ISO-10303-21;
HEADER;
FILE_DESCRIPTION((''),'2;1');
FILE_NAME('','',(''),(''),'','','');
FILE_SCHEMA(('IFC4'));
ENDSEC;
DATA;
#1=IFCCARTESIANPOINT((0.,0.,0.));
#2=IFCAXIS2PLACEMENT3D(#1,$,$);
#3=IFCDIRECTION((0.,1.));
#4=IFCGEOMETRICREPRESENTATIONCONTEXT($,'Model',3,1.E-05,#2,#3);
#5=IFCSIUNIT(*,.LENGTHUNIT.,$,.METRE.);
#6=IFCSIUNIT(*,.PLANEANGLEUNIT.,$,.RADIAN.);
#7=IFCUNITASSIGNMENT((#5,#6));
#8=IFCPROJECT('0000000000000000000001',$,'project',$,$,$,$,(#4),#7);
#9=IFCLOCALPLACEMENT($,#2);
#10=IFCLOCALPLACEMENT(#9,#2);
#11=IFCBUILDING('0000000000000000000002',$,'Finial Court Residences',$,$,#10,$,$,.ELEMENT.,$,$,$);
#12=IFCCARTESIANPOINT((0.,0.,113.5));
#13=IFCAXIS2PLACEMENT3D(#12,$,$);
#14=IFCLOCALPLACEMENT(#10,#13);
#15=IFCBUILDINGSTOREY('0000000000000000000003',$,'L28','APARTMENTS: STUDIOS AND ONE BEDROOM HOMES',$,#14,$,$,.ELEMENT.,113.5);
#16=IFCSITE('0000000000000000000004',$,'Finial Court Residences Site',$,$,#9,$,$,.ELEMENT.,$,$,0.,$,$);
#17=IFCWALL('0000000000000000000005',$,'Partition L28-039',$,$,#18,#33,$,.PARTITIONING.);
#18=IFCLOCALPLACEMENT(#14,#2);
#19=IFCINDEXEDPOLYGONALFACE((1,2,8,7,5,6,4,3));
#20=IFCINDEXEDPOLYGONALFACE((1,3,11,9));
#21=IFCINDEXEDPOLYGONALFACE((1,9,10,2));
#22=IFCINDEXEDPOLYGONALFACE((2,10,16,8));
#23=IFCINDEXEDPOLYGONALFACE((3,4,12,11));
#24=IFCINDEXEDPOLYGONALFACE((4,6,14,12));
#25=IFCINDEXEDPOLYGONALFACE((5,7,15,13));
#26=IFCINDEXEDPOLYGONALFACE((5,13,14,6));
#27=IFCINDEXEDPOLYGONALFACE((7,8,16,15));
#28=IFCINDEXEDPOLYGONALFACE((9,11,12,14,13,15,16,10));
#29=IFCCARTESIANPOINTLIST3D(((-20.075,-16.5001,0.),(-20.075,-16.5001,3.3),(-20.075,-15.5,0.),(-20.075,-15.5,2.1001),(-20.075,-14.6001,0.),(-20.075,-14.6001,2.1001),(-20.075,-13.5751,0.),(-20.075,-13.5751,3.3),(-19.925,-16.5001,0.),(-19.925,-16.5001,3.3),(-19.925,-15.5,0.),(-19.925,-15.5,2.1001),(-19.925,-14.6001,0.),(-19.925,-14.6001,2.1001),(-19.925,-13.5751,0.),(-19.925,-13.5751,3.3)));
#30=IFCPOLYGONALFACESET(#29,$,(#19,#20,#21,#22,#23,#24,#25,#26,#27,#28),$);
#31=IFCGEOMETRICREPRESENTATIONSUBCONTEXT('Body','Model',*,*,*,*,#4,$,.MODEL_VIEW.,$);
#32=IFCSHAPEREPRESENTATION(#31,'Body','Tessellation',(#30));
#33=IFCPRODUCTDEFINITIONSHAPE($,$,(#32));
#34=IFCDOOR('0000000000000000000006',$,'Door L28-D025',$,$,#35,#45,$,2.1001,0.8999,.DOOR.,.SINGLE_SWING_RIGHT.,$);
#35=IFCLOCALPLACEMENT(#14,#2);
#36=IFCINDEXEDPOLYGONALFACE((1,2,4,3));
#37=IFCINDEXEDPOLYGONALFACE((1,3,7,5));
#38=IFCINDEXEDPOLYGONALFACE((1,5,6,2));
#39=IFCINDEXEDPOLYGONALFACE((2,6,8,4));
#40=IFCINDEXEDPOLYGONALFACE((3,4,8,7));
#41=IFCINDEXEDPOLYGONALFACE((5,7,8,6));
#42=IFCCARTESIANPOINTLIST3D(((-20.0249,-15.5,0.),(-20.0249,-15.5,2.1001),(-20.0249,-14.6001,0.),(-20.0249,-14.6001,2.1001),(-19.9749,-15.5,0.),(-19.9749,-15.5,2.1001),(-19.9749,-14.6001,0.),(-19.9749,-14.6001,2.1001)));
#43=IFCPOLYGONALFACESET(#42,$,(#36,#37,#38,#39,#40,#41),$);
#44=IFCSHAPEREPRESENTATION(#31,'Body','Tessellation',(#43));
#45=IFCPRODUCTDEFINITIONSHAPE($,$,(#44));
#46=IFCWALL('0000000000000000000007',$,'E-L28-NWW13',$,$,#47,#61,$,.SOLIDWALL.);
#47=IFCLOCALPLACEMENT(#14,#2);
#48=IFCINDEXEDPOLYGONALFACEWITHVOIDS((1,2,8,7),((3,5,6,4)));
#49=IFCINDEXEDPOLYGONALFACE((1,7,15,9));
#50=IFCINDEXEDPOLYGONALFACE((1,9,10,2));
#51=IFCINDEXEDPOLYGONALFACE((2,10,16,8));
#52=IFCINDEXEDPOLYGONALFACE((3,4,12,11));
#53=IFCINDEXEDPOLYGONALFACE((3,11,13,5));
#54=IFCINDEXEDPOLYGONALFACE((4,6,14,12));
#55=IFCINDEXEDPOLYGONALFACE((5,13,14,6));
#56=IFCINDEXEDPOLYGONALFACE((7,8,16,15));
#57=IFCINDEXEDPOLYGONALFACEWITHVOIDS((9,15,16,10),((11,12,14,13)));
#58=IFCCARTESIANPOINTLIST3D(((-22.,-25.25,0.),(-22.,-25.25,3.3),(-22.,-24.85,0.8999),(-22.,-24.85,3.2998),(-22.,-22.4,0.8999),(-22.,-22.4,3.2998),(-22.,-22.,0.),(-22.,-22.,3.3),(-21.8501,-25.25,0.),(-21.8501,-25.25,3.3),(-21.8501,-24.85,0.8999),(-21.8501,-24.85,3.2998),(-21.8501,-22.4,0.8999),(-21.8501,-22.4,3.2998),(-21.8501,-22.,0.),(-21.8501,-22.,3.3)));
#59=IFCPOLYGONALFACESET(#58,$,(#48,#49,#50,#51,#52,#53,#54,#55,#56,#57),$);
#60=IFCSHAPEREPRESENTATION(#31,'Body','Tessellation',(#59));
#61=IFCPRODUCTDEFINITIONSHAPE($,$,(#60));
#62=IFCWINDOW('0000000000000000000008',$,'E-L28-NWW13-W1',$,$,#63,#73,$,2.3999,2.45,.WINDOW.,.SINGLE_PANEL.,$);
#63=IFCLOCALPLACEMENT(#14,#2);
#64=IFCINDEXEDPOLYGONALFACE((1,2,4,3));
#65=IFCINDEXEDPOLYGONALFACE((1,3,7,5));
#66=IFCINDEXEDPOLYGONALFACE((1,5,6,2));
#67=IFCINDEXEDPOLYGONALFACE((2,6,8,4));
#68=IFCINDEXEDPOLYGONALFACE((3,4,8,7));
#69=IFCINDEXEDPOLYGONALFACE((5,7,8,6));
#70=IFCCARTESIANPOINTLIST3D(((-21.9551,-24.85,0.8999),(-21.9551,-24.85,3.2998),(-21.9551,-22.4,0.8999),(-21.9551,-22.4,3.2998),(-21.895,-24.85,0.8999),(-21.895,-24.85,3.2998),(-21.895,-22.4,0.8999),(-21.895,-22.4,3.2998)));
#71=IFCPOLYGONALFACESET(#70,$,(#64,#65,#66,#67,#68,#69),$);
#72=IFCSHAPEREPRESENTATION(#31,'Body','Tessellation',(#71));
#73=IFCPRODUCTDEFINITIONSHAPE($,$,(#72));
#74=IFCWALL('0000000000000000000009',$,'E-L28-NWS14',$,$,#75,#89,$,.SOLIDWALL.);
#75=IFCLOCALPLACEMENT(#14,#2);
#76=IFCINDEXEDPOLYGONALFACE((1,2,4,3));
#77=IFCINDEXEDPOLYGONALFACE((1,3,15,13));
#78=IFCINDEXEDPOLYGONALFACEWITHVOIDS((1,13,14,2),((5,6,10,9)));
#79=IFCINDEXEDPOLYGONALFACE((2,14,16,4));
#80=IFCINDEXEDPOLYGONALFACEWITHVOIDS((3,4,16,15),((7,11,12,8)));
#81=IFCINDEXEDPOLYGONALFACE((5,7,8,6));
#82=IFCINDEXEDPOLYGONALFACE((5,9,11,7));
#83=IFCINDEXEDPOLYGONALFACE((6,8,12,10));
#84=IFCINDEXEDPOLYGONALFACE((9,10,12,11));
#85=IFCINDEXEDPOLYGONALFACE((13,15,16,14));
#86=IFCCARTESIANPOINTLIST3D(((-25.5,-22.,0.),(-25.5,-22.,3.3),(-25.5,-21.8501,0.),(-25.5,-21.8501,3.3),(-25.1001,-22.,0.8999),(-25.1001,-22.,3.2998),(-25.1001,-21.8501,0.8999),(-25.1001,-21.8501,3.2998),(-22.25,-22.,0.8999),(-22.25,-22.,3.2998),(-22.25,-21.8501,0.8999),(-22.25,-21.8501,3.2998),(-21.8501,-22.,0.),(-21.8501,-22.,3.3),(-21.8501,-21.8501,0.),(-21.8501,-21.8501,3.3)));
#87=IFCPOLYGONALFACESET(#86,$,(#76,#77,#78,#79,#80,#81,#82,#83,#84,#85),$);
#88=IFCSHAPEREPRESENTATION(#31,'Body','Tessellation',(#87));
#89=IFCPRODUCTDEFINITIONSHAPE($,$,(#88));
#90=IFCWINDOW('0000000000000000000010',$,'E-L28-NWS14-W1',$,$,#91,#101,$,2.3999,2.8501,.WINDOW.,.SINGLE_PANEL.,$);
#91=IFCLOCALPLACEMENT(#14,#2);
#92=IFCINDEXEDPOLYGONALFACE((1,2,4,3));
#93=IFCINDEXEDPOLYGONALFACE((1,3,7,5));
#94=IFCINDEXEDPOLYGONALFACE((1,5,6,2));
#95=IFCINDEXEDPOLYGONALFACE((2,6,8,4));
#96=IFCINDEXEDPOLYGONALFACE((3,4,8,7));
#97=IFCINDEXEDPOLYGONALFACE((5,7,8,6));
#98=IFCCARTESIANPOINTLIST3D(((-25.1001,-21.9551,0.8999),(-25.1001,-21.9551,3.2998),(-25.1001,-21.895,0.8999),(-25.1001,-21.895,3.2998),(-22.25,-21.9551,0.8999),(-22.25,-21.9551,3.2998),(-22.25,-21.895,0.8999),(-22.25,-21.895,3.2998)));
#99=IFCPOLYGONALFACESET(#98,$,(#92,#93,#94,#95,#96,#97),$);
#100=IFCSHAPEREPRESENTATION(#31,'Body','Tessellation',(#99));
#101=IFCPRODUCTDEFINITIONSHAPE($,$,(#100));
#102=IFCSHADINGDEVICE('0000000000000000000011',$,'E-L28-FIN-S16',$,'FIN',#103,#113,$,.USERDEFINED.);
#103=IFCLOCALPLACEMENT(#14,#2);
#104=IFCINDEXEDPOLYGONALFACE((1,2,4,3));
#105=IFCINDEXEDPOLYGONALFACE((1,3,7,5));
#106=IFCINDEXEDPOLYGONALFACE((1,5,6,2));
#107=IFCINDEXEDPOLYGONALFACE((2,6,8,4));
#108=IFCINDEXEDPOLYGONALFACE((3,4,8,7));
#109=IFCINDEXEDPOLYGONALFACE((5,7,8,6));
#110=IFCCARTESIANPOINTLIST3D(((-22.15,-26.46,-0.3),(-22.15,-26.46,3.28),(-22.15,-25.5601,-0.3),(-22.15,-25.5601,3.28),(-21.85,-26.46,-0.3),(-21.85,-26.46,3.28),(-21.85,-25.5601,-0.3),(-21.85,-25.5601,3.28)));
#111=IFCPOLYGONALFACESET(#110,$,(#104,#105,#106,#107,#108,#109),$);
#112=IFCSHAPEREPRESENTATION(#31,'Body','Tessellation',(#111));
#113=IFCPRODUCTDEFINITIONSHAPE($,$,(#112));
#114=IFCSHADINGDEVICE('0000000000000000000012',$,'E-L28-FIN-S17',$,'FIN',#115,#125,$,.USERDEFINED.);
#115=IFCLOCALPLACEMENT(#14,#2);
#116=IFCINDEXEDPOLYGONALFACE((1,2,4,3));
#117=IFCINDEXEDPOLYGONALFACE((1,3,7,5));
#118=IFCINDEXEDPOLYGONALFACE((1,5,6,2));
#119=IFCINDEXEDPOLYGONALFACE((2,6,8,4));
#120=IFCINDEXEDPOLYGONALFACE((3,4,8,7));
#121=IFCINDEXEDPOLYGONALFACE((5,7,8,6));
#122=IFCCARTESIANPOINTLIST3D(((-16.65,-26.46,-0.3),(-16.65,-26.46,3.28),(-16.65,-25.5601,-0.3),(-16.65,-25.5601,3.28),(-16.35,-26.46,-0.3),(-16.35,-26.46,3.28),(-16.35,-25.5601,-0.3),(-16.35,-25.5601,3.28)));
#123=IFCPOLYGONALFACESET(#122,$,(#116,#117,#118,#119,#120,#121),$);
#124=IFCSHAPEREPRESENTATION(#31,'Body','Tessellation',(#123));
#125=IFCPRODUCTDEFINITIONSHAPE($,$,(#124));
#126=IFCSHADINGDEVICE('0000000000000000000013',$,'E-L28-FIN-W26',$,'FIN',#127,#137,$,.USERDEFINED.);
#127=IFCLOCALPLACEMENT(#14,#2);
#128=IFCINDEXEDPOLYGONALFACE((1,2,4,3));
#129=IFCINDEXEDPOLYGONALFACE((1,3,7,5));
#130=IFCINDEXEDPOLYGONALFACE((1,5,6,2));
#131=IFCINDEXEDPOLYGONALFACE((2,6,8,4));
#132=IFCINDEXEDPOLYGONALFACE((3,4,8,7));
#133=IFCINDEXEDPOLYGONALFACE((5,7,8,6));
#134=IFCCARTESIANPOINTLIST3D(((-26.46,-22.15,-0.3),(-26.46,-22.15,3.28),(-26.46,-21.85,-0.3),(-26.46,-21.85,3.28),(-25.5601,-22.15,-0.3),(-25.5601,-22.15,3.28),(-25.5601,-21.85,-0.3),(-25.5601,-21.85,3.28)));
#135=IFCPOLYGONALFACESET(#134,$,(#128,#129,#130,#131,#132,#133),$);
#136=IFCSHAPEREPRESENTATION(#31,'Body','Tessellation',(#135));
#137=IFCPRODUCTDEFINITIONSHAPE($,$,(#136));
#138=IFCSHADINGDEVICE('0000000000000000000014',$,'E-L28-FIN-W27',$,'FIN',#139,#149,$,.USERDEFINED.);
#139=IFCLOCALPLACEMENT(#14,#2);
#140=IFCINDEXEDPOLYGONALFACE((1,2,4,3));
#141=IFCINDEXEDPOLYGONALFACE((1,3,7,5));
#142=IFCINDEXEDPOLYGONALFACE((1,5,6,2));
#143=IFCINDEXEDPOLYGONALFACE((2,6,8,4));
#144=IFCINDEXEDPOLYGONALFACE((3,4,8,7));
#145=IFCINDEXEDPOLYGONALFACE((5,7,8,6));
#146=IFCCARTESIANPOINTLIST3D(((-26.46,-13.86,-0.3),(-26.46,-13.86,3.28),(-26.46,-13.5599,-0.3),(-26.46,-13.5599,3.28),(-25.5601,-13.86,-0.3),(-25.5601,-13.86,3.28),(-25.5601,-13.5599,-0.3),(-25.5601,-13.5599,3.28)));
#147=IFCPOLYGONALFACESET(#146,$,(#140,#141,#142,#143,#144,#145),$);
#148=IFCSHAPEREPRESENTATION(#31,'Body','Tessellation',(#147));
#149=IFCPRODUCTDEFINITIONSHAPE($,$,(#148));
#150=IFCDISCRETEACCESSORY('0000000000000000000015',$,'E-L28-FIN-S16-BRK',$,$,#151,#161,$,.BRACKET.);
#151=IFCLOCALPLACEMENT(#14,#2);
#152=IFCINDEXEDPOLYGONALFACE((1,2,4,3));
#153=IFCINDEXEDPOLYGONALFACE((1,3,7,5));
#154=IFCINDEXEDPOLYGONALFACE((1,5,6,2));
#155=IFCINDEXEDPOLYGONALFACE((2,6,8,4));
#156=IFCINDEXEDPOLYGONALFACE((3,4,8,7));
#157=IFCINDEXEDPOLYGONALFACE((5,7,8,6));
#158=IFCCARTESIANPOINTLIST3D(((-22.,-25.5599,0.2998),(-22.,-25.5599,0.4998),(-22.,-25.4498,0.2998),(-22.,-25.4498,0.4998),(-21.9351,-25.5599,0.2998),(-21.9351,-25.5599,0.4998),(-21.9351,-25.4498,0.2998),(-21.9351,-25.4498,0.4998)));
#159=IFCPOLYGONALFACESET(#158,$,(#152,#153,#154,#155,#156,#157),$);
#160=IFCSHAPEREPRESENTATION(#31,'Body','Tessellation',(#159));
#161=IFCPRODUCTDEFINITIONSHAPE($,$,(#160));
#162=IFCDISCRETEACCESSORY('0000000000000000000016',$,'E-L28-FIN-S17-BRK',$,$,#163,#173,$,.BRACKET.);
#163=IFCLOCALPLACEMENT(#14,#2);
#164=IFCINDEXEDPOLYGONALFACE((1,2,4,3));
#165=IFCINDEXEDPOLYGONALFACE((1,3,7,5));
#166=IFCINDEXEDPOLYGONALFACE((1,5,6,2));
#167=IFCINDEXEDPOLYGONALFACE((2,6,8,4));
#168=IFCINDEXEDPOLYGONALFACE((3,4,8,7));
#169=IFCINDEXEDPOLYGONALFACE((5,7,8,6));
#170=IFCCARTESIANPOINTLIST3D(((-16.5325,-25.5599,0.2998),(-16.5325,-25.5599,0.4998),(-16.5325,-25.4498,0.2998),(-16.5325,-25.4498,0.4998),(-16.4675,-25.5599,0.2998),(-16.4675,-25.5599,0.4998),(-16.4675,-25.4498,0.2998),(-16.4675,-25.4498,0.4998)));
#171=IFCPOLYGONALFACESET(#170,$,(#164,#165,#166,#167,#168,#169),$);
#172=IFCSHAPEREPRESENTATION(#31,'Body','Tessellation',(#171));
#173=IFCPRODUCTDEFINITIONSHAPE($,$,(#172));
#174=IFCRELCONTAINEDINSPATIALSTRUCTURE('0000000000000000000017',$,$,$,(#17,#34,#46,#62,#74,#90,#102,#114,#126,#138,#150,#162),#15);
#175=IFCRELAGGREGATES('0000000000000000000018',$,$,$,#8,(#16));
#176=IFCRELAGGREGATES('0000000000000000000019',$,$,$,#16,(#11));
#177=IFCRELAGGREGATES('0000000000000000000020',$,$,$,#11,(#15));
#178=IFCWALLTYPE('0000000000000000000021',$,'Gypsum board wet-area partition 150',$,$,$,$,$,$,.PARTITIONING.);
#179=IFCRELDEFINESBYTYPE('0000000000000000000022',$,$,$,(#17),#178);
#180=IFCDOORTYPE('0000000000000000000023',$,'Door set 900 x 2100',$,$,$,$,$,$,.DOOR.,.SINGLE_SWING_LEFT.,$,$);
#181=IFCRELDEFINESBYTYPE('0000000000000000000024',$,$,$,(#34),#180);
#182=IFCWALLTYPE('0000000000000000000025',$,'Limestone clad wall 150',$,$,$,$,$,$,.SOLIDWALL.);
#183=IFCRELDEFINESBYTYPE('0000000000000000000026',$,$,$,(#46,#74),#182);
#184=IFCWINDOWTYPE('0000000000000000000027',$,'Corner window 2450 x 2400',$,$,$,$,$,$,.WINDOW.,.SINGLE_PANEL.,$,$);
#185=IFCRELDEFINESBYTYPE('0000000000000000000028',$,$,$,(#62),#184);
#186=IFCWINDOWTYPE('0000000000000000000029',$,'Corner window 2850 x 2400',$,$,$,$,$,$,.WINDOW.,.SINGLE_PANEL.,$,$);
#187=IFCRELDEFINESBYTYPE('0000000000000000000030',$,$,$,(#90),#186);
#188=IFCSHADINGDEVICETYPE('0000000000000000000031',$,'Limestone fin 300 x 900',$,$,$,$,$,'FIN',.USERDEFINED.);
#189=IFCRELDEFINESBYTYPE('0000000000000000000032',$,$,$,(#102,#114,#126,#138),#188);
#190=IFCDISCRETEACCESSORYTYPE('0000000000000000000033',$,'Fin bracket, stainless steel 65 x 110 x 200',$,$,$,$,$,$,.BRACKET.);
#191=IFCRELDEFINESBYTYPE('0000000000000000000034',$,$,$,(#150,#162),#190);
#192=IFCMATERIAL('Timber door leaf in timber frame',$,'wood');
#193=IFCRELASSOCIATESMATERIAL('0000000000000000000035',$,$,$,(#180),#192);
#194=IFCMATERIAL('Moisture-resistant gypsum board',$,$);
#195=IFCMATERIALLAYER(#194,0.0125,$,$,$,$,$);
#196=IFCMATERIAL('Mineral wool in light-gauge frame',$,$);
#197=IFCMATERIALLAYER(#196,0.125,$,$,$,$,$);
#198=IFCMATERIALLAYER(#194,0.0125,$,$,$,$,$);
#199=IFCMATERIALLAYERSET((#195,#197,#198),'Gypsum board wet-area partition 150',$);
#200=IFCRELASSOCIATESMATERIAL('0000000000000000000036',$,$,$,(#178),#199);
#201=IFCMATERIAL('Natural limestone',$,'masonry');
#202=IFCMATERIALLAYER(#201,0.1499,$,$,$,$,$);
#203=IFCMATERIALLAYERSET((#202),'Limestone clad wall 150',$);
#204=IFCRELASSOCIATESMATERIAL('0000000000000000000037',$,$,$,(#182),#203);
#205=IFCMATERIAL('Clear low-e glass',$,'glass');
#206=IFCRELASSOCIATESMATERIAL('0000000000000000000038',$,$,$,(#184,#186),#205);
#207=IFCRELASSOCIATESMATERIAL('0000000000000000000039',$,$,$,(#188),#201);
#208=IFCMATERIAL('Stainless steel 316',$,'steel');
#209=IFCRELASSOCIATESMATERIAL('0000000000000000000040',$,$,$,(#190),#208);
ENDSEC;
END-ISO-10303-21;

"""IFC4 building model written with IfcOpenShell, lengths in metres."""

from ifc_helpers import new_model, si_unit, direction, frame, frame_2d, origin, origin_2d, place, context, subcontext, project, spatial, rectangle, extrude, material, layer, layer_set, type_object, element, fill, save


model = new_model("IFC4")

# Units and contexts
model_context = context("Model", 3, precision=1e-05, world=origin(), true_north=direction((0.0, 1.0)))
body_context = subcontext(model_context, "Body", "Model", "MODEL_VIEW")
ifc_project = project(units=[si_unit("LENGTHUNIT", "METRE"), si_unit("PLANEANGLEUNIT", "RADIAN")], contexts=[model_context])

# Site, building, storey
site_placement = place(None, origin())
site = spatial("IfcSite", under=ifc_project, at=site_placement, Name="Finial Court Residences Site", CompositionType="ELEMENT", RefElevation=0.0)
building_placement = place(site_placement, origin())
building = spatial("IfcBuilding", under=site, at=building_placement, Name="Finial Court Residences", CompositionType="ELEMENT")
storey_placement = place(building_placement, frame((0.0, 0.0, 113.5)))
storey = spatial("IfcBuildingStorey", under=building, at=storey_placement, Name="L28", Description="APARTMENTS: STUDIOS AND ONE BEDROOM HOMES", CompositionType="ELEMENT", Elevation=113.5)

# Shared definitions
ifc_material_1 = material(Name="Clear low-e glass", Category="glass")

# Shared definitions
ifc_material_2 = material(Name="Mineral wool in light-gauge frame")
ifc_material_3 = material(Name="Timber door leaf in timber frame", Category="wood")
door_type = type_object("IfcDoorType", Name="Door set 900 x 2100", OperationType="SINGLE_SWING_LEFT", PredefinedType="DOOR", material=ifc_material_3)

# Shared definitions
ifc_material_4 = material(Name="Moisture-resistant gypsum board")
ifc_layer_1 = layer(ifc_material_4, 0.0125)
ifc_layer_2 = layer(ifc_material_2, 0.125)
ifc_layer_3 = layer(ifc_material_4, 0.0125)
ifc_layer_set_1 = layer_set([ifc_layer_1, ifc_layer_2, ifc_layer_3], Name="Gypsum board wet-area partition 150")
wall_type_1 = type_object("IfcWallType", Name="Gypsum board wet-area partition 150", PredefinedType="PARTITIONING", material=ifc_layer_set_1)

# Wall, opening, door
wall_1_placement = place(storey_placement, frame((-20.0, -16.5, 0.0), z_axis=(0.0, 0.0, 1.0), x_axis=(0.0, 1.0, 0.0)))
wall_1 = element("IfcWall", 1, at=wall_1_placement, inside=storey, type_object=wall_type_1, Name="Partition L28-039", PredefinedType="PARTITIONING", context=body_context, shape_type="SweptSolid", body=[
    extrude(rectangle(XDim=2.925, YDim=0.1499, at=frame_2d((1.4624, 0.0))), origin(), (0.0, 0.0, 1.0), 3.3),
])
opening_1_placement = place(wall_1_placement, frame((1.0, 0.0, 0.0)))
opening_1 = element("IfcOpeningElement", 2, at=opening_1_placement, cuts=wall_1, PredefinedType="OPENING", context=body_context, shape_type="SweptSolid", body=[
    extrude(rectangle(XDim=0.8999, YDim=2.1001, at=frame_2d((0.45, 1.05))), frame((0.0, 0.085, 0.0), z_axis=(0.0, -1.0, 0.0), x_axis=(1.0, 0.0, 0.0)), (0.0, 0.0, 1.0), 0.1699),
])
door_1_placement = place(opening_1_placement, origin())
door_1 = element("IfcDoor", 3, at=door_1_placement, inside=storey, type_object=door_type, Name="Door L28-D025", OperationType="SINGLE_SWING_RIGHT", OverallHeight=2.1001, OverallWidth=0.8999, PredefinedType="DOOR", context=body_context, shape_type="SweptSolid", body=[
    extrude(rectangle(XDim=0.8999, YDim=2.1001, at=frame_2d((0.45, 1.05))), frame((0.0, 0.0249, 0.0), z_axis=(0.0, -1.0, 0.0), x_axis=(1.0, 0.0, 0.0)), (0.0, 0.0, 1.0), 0.05),
])
fill(opening_1, door_1)

# Walls, openings, windows
ifc_material_5 = material(Name="Natural limestone", Category="masonry")
ifc_layer_4 = layer(ifc_material_5, 0.1499)
ifc_layer_set_2 = layer_set([ifc_layer_4], Name="Limestone clad wall 150")
wall_type_2 = type_object("IfcWallType", Name="Limestone clad wall 150", PredefinedType="SOLIDWALL", material=ifc_layer_set_2)
wall_2_placement = place(storey_placement, frame((-21.925, -25.25, 0.0), z_axis=(0.0, 0.0, 1.0), x_axis=(0.0, 1.0, 0.0)))
wall_2 = element("IfcWall", 4, at=wall_2_placement, inside=storey, type_object=wall_type_2, Name="E-L28-NWW13", PredefinedType="SOLIDWALL", context=body_context, shape_type="SweptSolid", body=[
    extrude(rectangle(XDim=3.25, YDim=0.1499, at=frame_2d((1.625, 0.0))), origin(), (0.0, 0.0, 1.0), 3.3),
])
opening_2_placement = place(wall_2_placement, frame((0.3999, 0.0, 0.8999)))
opening_2 = element("IfcOpeningElement", 5, at=opening_2_placement, cuts=wall_2, PredefinedType="OPENING", context=body_context, shape_type="SweptSolid", body=[
    extrude(rectangle(XDim=2.45, YDim=2.3999, at=frame_2d((1.2251, 1.2))), frame((0.0, 0.085, 0.0), z_axis=(0.0, -1.0, 0.0), x_axis=(1.0, 0.0, 0.0)), (0.0, 0.0, 1.0), 0.1699),
])
window_type_1 = type_object("IfcWindowType", Name="Corner window 2450 x 2400", PartitioningType="SINGLE_PANEL", PredefinedType="WINDOW", material=ifc_material_1)
window_1_placement = place(opening_2_placement, origin())
window_1 = element("IfcWindow", 6, at=window_1_placement, inside=storey, type_object=window_type_1, Name="E-L28-NWW13-W1", OverallHeight=2.3999, OverallWidth=2.45, PartitioningType="SINGLE_PANEL", PredefinedType="WINDOW", context=body_context, shape_type="SweptSolid", body=[
    extrude(rectangle(XDim=2.45, YDim=2.3999, at=frame_2d((1.2251, 1.2))), frame((0.0, 0.03, 0.0), z_axis=(0.0, -1.0, 0.0), x_axis=(1.0, 0.0, 0.0)), (0.0, 0.0, 1.0), 0.0601),
])
fill(opening_2, window_1)
wall_3_placement = place(storey_placement, frame((-21.8501, -21.925, 0.0), z_axis=(0.0, 0.0, 1.0), x_axis=(-1.0, 0.0, 0.0)))
wall_3 = element("IfcWall", 7, at=wall_3_placement, inside=storey, type_object=wall_type_2, Name="E-L28-NWS14", PredefinedType="SOLIDWALL", context=body_context, shape_type="SweptSolid", body=[
    extrude(rectangle(XDim=3.6499, YDim=0.1499, at=frame_2d((1.825, 0.0))), origin(), (0.0, 0.0, 1.0), 3.3),
])
opening_3_placement = place(wall_3_placement, frame((0.3999, 0.0, 0.8999)))
opening_3 = element("IfcOpeningElement", 8, at=opening_3_placement, cuts=wall_3, PredefinedType="OPENING", context=body_context, shape_type="SweptSolid", body=[
    extrude(rectangle(XDim=2.8501, YDim=2.3999, at=frame_2d((1.425, 1.2))), frame((0.0, 0.085, 0.0), z_axis=(0.0, -1.0, 0.0), x_axis=(1.0, 0.0, 0.0)), (0.0, 0.0, 1.0), 0.1699),
])
window_type_2 = type_object("IfcWindowType", Name="Corner window 2850 x 2400", PartitioningType="SINGLE_PANEL", PredefinedType="WINDOW", material=ifc_material_1)
window_2_placement = place(opening_3_placement, origin())
window_2 = element("IfcWindow", 9, at=window_2_placement, inside=storey, type_object=window_type_2, Name="E-L28-NWS14-W1", OverallHeight=2.3999, OverallWidth=2.8501, PartitioningType="SINGLE_PANEL", PredefinedType="WINDOW", context=body_context, shape_type="SweptSolid", body=[
    extrude(rectangle(XDim=2.8501, YDim=2.3999, at=frame_2d((1.425, 1.2))), frame((0.0, 0.03, 0.0), z_axis=(0.0, -1.0, 0.0), x_axis=(1.0, 0.0, 0.0)), (0.0, 0.0, 1.0), 0.0601),
])
fill(opening_3, window_2)

# Shading devices
shading_device_type = type_object("IfcShadingDeviceType", Name="Limestone fin 300 x 900", ElementType="FIN", PredefinedType="USERDEFINED", material=ifc_material_5)
for number, where, z_axis, x_axis, name in (
    (10, (-22.0, -26.01, -0.3), (0.0, 0.0, 1.0), (1.0, 0.0, 0.0), "E-L28-FIN-S16"),
    (11, (-16.5, -26.01, -0.3), (0.0, 0.0, 1.0), (1.0, 0.0, 0.0), "E-L28-FIN-S17"),
):
    element("IfcShadingDevice", number, at=place(storey_placement, frame(where, z_axis=z_axis, x_axis=x_axis)), inside=storey, type_object=shading_device_type, Name=name, ObjectType="FIN", PredefinedType="USERDEFINED", context=body_context, shape_type="SweptSolid", body=[
        extrude(rectangle(XDim=0.3, YDim=0.8999, at=origin_2d()), origin(), (0.0, 0.0, 1.0), 3.5801),
    ])
for number, where, z_axis, x_axis, name in (
    (12, (-26.01, -22.0, -0.3), (0.0, 0.0, 1.0), (1.0, 0.0, 0.0), "E-L28-FIN-W26"),
    (13, (-26.01, -13.71, -0.3), (0.0, 0.0, 1.0), (1.0, 0.0, 0.0), "E-L28-FIN-W27"),
):
    element("IfcShadingDevice", number, at=place(storey_placement, frame(where, z_axis=z_axis, x_axis=x_axis)), inside=storey, type_object=shading_device_type, Name=name, ObjectType="FIN", PredefinedType="USERDEFINED", context=body_context, shape_type="SweptSolid", body=[
        extrude(rectangle(XDim=0.8999, YDim=0.3, at=origin_2d()), origin(), (0.0, 0.0, 1.0), 3.5801),
    ])

# Discrete accessories
ifc_material_6 = material(Name="Stainless steel 316", Category="steel")
discrete_accessory_type = type_object("IfcDiscreteAccessoryType", Name="Fin bracket, stainless steel 65 x 110 x 200", PredefinedType="BRACKET", material=ifc_material_6)
for number, where, z_axis, x_axis, name in (
    (14, (-21.9675, -25.5049, 0.2998), (0.0, 0.0, 1.0), (1.0, 0.0, 0.0), "E-L28-FIN-S16-BRK"),
    (15, (-16.5, -25.5049, 0.2998), (0.0, 0.0, 1.0), (1.0, 0.0, 0.0), "E-L28-FIN-S17-BRK"),
):
    element("IfcDiscreteAccessory", number, at=place(storey_placement, frame(where, z_axis=z_axis, x_axis=x_axis)), inside=storey, type_object=discrete_accessory_type, Name=name, PredefinedType="BRACKET", context=body_context, shape_type="SweptSolid", body=[
        extrude(rectangle(XDim=0.0649, YDim=0.1101, at=origin_2d()), origin(), (0.0, 0.0, 1.0), 0.2),
    ])

save(model, "model.ifc")
